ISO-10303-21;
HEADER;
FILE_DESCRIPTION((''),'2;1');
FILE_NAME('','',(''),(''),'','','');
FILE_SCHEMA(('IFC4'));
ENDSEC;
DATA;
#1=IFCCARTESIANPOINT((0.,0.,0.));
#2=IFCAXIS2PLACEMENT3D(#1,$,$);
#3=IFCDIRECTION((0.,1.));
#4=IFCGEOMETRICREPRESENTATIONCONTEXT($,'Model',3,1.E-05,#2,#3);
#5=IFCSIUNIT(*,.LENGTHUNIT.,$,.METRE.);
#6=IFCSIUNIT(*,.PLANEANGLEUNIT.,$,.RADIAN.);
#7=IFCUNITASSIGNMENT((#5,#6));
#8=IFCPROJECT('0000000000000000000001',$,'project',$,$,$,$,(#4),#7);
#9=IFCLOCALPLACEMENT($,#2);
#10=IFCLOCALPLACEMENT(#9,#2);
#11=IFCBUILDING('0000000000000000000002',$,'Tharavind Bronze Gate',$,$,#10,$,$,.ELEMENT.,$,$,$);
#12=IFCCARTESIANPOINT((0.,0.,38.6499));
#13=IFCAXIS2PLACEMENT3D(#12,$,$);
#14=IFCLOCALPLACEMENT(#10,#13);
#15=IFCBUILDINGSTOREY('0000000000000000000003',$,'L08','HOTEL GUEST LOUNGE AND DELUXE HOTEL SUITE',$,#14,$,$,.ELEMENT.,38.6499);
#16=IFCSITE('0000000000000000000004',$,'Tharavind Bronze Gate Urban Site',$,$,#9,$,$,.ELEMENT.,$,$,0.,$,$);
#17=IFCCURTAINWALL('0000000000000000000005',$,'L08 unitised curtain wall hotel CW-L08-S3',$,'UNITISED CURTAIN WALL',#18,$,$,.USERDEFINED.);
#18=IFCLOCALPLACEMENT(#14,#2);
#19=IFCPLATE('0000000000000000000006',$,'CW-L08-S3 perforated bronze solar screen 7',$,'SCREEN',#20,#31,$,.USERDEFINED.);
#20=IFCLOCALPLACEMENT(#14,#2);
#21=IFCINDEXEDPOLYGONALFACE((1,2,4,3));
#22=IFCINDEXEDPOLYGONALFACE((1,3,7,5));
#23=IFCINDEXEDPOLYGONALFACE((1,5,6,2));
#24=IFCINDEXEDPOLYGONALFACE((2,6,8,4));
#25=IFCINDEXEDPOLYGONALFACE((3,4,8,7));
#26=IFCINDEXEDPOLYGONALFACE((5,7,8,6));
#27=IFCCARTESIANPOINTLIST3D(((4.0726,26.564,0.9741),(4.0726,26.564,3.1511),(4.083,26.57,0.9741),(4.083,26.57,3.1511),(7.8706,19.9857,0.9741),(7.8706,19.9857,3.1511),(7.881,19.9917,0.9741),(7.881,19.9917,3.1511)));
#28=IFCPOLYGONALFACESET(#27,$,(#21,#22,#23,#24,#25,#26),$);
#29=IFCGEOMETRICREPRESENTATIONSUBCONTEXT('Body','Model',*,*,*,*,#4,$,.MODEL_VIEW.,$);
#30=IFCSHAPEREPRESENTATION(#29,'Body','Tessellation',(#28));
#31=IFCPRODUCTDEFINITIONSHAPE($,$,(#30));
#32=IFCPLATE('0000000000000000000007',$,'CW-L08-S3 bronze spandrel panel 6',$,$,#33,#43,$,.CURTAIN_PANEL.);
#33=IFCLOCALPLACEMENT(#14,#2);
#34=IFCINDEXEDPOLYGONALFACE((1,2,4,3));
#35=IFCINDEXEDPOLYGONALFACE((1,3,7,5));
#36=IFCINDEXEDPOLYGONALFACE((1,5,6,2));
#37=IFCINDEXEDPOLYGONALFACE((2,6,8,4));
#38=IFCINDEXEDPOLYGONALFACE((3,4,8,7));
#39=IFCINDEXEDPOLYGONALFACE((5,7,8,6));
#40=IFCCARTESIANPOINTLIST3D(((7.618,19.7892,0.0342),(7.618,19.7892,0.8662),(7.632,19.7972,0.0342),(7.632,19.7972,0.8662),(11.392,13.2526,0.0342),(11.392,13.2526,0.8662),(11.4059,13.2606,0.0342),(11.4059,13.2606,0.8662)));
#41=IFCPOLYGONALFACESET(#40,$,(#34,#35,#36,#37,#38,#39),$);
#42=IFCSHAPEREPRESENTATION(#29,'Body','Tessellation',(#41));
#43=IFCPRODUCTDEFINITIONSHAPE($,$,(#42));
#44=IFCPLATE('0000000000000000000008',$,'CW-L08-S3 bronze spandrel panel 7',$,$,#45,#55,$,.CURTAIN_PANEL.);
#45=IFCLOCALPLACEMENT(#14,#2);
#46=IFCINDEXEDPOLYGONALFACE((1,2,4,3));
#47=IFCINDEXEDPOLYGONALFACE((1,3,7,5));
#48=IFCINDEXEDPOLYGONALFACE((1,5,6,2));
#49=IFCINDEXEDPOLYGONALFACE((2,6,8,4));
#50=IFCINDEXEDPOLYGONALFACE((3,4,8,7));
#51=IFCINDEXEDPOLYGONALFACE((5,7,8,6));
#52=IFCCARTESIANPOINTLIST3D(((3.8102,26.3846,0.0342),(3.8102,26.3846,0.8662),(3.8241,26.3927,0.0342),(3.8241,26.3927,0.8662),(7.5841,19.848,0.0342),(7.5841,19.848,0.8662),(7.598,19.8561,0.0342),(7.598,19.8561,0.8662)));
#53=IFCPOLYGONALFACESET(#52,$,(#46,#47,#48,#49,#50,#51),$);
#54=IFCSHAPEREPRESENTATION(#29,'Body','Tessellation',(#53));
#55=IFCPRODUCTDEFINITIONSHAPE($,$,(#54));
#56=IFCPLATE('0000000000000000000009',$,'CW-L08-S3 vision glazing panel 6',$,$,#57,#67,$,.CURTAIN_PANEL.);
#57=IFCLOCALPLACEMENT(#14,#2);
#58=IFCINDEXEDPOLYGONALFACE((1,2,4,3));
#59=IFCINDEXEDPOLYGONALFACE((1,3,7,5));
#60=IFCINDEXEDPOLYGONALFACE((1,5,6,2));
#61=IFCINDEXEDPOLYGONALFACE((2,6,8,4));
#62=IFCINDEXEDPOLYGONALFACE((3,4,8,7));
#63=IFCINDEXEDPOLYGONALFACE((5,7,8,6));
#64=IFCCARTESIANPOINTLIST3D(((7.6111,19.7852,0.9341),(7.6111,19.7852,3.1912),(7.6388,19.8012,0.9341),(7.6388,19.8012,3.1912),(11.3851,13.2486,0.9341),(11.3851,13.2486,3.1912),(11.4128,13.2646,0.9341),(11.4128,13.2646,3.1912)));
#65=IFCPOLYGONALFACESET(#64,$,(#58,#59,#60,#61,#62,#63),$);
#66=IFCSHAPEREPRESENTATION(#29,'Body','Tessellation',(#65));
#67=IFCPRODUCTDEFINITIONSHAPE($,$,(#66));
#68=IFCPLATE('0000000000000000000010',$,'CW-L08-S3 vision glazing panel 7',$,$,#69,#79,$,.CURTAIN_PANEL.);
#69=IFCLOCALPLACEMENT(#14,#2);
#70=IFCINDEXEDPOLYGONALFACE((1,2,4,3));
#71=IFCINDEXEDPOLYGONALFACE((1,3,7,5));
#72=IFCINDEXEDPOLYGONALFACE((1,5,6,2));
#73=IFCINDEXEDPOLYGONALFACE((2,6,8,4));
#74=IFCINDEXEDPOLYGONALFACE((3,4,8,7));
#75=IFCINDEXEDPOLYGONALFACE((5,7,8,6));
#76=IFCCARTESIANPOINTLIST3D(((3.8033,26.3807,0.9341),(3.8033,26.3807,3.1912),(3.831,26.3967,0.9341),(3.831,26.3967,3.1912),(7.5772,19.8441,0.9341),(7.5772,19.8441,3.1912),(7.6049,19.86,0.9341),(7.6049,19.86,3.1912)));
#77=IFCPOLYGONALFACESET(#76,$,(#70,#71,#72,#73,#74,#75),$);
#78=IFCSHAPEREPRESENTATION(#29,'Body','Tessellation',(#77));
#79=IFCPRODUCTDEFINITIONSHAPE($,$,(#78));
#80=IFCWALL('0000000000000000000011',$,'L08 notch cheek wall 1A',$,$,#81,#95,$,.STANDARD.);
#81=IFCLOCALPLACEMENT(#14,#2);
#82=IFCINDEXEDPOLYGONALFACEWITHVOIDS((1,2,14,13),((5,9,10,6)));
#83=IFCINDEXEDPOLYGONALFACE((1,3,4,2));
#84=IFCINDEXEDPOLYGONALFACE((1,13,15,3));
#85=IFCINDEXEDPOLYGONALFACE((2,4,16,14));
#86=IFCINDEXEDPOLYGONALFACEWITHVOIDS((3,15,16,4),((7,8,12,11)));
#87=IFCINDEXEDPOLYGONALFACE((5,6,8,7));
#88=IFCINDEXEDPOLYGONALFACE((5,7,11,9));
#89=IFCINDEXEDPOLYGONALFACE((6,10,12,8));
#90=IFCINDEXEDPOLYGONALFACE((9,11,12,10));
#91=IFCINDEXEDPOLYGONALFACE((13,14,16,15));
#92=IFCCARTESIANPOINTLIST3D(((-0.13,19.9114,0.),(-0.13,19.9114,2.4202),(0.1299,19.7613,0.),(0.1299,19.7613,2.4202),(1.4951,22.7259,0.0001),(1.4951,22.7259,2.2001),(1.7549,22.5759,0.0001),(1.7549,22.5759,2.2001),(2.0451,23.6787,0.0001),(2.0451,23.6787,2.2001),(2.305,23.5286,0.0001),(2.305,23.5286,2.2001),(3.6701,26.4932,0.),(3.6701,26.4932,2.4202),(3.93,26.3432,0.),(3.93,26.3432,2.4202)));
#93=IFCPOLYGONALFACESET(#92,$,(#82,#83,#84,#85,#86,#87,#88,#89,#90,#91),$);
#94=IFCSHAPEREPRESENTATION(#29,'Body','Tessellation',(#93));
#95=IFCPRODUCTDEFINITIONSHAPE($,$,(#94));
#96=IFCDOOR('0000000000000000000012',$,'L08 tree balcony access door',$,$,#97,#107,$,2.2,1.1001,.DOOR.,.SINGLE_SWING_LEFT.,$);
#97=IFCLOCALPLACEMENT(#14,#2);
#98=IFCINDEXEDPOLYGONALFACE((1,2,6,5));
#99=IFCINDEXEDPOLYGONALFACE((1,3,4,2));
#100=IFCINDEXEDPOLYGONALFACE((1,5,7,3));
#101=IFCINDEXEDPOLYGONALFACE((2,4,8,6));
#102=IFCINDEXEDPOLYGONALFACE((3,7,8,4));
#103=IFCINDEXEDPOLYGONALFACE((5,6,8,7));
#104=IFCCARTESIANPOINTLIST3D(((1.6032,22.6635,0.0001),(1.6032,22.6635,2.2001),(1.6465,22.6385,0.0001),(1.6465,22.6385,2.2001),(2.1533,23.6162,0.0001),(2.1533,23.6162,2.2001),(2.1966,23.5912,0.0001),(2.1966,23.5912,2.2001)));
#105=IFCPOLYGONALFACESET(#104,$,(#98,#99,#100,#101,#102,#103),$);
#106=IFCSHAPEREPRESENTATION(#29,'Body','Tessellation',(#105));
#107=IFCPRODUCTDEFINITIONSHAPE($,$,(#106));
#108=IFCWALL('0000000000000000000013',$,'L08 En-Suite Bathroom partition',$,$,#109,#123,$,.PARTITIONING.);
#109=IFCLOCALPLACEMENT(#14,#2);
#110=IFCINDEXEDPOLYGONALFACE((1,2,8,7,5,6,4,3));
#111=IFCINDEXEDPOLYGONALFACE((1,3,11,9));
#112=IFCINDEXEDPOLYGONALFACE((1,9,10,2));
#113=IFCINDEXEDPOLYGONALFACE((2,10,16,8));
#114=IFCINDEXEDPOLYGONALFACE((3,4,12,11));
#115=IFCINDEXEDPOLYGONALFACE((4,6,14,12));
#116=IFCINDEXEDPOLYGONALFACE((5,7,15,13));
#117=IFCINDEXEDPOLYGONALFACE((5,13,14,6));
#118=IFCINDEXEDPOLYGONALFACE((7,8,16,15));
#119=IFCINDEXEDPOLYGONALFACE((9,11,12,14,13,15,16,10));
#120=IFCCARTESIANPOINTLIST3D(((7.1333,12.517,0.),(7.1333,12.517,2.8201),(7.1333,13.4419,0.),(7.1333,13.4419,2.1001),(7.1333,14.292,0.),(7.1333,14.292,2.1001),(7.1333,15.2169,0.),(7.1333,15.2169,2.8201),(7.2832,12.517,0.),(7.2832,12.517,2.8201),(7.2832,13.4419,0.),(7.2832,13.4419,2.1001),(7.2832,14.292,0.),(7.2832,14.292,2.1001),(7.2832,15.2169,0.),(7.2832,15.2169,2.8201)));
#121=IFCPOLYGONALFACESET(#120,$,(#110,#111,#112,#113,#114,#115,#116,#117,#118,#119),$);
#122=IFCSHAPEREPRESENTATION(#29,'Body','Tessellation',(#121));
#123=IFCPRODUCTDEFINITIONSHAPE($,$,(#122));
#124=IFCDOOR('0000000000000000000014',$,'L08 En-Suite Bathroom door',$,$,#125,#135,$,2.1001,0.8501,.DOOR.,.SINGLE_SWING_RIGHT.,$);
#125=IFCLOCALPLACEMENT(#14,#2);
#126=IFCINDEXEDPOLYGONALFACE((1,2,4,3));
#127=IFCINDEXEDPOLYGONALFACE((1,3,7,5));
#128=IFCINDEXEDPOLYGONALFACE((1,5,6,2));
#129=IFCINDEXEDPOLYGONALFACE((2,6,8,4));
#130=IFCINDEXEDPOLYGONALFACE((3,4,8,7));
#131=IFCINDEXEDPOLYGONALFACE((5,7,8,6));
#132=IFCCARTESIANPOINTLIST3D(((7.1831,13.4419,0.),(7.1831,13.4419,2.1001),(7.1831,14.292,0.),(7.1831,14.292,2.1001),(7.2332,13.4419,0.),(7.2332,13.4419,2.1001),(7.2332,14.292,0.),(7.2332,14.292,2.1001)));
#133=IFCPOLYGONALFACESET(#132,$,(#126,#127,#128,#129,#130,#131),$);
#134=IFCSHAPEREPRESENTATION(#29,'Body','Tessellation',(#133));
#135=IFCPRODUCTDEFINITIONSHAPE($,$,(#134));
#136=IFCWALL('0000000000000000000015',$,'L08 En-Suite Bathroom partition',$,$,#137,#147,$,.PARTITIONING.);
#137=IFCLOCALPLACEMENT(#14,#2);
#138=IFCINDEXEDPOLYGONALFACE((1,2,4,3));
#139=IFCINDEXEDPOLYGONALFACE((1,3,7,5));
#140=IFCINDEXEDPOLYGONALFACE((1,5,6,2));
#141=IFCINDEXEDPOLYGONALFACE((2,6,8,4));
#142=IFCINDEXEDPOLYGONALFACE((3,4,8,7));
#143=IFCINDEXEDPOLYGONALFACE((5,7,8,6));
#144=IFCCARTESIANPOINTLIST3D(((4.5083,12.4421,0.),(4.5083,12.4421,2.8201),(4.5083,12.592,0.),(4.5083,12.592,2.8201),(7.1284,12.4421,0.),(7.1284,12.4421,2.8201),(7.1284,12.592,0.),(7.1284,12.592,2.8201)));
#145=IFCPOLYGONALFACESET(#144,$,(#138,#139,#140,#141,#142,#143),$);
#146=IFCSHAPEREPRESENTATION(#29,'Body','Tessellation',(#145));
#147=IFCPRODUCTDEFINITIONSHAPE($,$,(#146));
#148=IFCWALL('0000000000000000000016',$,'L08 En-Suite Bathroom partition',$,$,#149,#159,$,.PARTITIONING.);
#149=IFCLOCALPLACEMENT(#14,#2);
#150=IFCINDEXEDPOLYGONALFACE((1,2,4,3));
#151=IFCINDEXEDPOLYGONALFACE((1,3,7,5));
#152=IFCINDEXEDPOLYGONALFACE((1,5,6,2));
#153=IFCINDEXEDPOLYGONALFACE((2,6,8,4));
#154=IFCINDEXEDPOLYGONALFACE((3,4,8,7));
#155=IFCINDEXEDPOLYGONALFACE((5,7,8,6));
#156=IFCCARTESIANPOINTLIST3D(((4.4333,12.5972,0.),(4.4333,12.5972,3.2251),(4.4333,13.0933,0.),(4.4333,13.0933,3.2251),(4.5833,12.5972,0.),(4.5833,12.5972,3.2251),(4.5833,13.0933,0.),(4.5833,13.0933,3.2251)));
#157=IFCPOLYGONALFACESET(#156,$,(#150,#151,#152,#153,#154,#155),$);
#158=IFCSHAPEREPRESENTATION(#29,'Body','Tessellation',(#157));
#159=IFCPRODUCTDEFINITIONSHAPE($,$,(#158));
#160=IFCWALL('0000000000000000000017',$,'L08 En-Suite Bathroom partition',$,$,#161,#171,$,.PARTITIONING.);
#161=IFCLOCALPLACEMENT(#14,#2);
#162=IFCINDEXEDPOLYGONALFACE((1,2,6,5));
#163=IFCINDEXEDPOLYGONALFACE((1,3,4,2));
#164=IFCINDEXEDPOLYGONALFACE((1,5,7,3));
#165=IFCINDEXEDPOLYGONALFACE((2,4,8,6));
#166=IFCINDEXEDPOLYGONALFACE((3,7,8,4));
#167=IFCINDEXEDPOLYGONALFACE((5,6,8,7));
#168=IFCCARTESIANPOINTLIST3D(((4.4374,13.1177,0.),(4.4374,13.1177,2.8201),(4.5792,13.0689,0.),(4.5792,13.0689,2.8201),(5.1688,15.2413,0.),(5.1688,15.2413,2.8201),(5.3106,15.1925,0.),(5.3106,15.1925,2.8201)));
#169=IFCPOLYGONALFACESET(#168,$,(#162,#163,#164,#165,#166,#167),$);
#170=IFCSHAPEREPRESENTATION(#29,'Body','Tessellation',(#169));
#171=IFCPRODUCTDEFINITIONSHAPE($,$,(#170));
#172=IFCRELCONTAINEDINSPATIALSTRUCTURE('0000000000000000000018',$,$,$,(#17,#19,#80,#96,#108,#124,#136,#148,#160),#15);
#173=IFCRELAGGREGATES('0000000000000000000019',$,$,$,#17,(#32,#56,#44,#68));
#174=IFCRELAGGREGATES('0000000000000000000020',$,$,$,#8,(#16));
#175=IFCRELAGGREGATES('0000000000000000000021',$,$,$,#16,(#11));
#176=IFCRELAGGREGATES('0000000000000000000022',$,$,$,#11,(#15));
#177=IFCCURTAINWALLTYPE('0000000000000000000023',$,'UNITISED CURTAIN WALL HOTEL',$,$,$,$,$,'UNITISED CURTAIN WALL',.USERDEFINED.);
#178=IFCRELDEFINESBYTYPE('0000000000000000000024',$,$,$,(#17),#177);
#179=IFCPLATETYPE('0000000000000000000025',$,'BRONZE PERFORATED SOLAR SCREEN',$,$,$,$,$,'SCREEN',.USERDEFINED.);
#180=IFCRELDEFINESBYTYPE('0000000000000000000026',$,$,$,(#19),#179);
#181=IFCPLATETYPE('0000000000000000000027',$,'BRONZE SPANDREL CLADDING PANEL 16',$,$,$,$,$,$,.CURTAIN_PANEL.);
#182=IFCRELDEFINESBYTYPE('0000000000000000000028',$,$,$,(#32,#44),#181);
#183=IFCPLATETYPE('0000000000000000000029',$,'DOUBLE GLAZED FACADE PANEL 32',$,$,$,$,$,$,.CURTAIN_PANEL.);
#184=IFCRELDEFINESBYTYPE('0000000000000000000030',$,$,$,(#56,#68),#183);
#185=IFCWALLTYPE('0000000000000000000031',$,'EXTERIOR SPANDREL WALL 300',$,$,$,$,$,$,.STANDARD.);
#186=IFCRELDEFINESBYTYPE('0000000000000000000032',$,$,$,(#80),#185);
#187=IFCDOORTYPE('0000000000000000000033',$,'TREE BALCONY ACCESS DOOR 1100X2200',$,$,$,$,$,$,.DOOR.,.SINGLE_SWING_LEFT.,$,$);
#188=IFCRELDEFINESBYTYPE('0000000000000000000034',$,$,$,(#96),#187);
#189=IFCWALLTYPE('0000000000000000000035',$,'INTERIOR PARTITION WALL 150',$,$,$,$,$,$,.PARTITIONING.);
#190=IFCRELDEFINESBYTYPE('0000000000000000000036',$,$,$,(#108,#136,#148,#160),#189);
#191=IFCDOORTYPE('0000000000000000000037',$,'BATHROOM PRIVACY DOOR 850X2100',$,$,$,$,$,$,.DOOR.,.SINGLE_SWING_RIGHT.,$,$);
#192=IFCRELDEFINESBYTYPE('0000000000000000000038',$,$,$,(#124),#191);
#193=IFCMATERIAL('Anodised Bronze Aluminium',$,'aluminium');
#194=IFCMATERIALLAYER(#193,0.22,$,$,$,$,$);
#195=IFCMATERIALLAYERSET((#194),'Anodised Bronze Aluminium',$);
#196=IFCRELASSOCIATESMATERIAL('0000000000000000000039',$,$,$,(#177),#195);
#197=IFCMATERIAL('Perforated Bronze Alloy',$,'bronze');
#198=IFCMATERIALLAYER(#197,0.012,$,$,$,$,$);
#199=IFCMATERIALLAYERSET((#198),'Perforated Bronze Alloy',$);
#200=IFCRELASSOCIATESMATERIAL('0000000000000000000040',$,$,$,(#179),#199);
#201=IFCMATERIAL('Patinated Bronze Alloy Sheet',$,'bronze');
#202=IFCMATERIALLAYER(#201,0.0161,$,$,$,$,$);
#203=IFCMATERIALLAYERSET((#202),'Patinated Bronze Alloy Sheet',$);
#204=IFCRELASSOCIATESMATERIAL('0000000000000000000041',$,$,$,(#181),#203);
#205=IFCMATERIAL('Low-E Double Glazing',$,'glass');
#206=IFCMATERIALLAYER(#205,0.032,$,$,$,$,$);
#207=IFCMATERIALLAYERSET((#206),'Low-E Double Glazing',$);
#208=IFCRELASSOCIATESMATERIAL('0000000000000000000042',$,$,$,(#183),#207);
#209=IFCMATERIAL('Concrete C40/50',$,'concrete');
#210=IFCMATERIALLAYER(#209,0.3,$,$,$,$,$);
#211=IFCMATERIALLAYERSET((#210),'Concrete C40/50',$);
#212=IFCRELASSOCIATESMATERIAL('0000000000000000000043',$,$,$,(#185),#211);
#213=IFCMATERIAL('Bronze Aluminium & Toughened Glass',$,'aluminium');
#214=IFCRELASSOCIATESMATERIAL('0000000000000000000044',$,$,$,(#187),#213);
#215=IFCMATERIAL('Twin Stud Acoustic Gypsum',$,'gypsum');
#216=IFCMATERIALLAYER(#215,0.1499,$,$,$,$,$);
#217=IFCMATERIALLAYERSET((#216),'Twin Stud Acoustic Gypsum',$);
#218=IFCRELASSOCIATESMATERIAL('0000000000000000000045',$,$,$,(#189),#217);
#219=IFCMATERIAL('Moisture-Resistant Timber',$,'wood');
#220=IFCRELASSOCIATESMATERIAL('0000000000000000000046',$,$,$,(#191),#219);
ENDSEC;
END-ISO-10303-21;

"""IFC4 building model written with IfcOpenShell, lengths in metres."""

from ifc_helpers import new_model, si_unit, direction, frame, frame_2d, origin, origin_2d, place, context, subcontext, project, spatial, rectangle, extrude, material, layer, layer_set, type_object, element, fill, aggregate, save


model = new_model("IFC4")

# Units and contexts
model_context = context("Model", 3, precision=1e-05, world=origin(), true_north=direction((0.0, 1.0)))
body_context = subcontext(model_context, "Body", "Model", "MODEL_VIEW")
ifc_project = project(units=[si_unit("LENGTHUNIT", "METRE"), si_unit("PLANEANGLEUNIT", "RADIAN")], contexts=[model_context])

# Site, building, storey
site_placement = place(None, origin())
site = spatial("IfcSite", under=ifc_project, at=site_placement, Name="Tharavind Bronze Gate Urban Site", CompositionType="ELEMENT", RefElevation=0.0)
building_placement = place(site_placement, origin())
building = spatial("IfcBuilding", under=site, at=building_placement, Name="Tharavind Bronze Gate", CompositionType="ELEMENT")
storey_placement = place(building_placement, frame((0.0, 0.0, 38.6499)))
storey = spatial("IfcBuildingStorey", under=building, at=storey_placement, Name="L08", Description="HOTEL GUEST LOUNGE AND DELUXE HOTEL SUITE", CompositionType="ELEMENT", Elevation=38.6499)

# Curtain wall
ifc_material_1 = material(Name="Anodised Bronze Aluminium", Category="aluminium")
ifc_layer_1 = layer(ifc_material_1, 0.22)
ifc_layer_set_1 = layer_set([ifc_layer_1], Name="Anodised Bronze Aluminium")
curtain_wall_type = type_object("IfcCurtainWallType", Name="UNITISED CURTAIN WALL HOTEL", ElementType="UNITISED CURTAIN WALL", PredefinedType="USERDEFINED", material=ifc_layer_set_1)
curtain_wall_placement = place(storey_placement, origin())
curtain_wall = element("IfcCurtainWall", 1, at=curtain_wall_placement, inside=storey, type_object=curtain_wall_type, Name="L08 unitised curtain wall hotel CW-L08-S3", ObjectType="UNITISED CURTAIN WALL", PredefinedType="USERDEFINED")

# Plates
ifc_material_2 = material(Name="Perforated Bronze Alloy", Category="bronze")
ifc_layer_2 = layer(ifc_material_2, 0.012)
ifc_layer_set_2 = layer_set([ifc_layer_2], Name="Perforated Bronze Alloy")
plate_type_1 = type_object("IfcPlateType", Name="BRONZE PERFORATED SOLAR SCREEN", ElementType="SCREEN", PredefinedType="USERDEFINED", material=ifc_layer_set_2)
plate_1_placement = place(storey_placement, frame((5.9768, 23.2778, 0.9741), z_axis=(0.0, 0.0, 1.0), x_axis=(-0.500002, 0.866025, 0.0)))
element("IfcPlate", 2, at=plate_1_placement, inside=storey, type_object=plate_type_1, Name="CW-L08-S3 perforated bronze solar screen 7", ObjectType="SCREEN", PredefinedType="USERDEFINED", context=body_context, shape_type="SweptSolid", body=[
    extrude(rectangle(XDim=7.5959, YDim=0.012, at=origin_2d()), origin(), (0.0, 0.0, 1.0), 2.177),
])
ifc_material_3 = material(Name="Patinated Bronze Alloy Sheet", Category="bronze")
ifc_layer_3 = layer(ifc_material_3, 0.0161)
ifc_layer_set_3 = layer_set([ifc_layer_3], Name="Patinated Bronze Alloy Sheet")
plate_type_2 = type_object("IfcPlateType", Name="BRONZE SPANDREL CLADDING PANEL 16", PredefinedType="CURTAIN_PANEL", material=ifc_layer_set_3)
plate_2_placement = place(storey_placement, frame((9.512, 16.5249, 0.0342), z_axis=(0.0, 0.0, 1.0), x_axis=(-0.500002, 0.866025, 0.0)))
plate_2 = element("IfcPlate", 3, at=plate_2_placement, type_object=plate_type_2, Name="CW-L08-S3 bronze spandrel panel 6", PredefinedType="CURTAIN_PANEL", context=body_context, shape_type="SweptSolid", body=[
    extrude(rectangle(XDim=7.5479, YDim=0.0161, at=origin_2d()), origin(), (0.0, 0.0, 1.0), 0.832),
])
plate_3_placement = place(storey_placement, frame((5.7041, 23.1204, 0.0342), z_axis=(0.0, 0.0, 1.0), x_axis=(-0.500002, 0.866025, 0.0)))
plate_3 = element("IfcPlate", 4, at=plate_3_placement, type_object=plate_type_2, Name="CW-L08-S3 bronze spandrel panel 7", PredefinedType="CURTAIN_PANEL", context=body_context, shape_type="SweptSolid", body=[
    extrude(rectangle(XDim=7.5479, YDim=0.0161, at=origin_2d()), origin(), (0.0, 0.0, 1.0), 0.832),
])
ifc_material_4 = material(Name="Low-E Double Glazing", Category="glass")
ifc_layer_4 = layer(ifc_material_4, 0.032)
ifc_layer_set_4 = layer_set([ifc_layer_4], Name="Low-E Double Glazing")
plate_type_3 = type_object("IfcPlateType", Name="DOUBLE GLAZED FACADE PANEL 32", PredefinedType="CURTAIN_PANEL", material=ifc_layer_set_4)
plate_4_placement = place(storey_placement, frame((9.512, 16.5249, 0.9341), z_axis=(0.0, 0.0, 1.0), x_axis=(-0.500002, 0.866025, 0.0)))
plate_4 = element("IfcPlate", 5, at=plate_4_placement, type_object=plate_type_3, Name="CW-L08-S3 vision glazing panel 6", PredefinedType="CURTAIN_PANEL", context=body_context, shape_type="SweptSolid", body=[
    extrude(rectangle(XDim=7.5479, YDim=0.032, at=origin_2d()), origin(), (0.0, 0.0, 1.0), 2.2571),
])
plate_5_placement = place(storey_placement, frame((5.7041, 23.1204, 0.9341), z_axis=(0.0, 0.0, 1.0), x_axis=(-0.500002, 0.866025, 0.0)))
plate_5 = element("IfcPlate", 6, at=plate_5_placement, type_object=plate_type_3, Name="CW-L08-S3 vision glazing panel 7", PredefinedType="CURTAIN_PANEL", context=body_context, shape_type="SweptSolid", body=[
    extrude(rectangle(XDim=7.5479, YDim=0.032, at=origin_2d()), origin(), (0.0, 0.0, 1.0), 2.2571),
])
aggregate(curtain_wall, [plate_2, plate_4, plate_3, plate_5])

# Walls, openings, doors
ifc_material_5 = material(Name="Concrete C40/50", Category="concrete")
ifc_layer_5 = layer(ifc_material_5, 0.3)
ifc_layer_set_5 = layer_set([ifc_layer_5], Name="Concrete C40/50")
wall_type_1 = type_object("IfcWallType", Name="EXTERIOR SPANDREL WALL 300", PredefinedType="STANDARD", material=ifc_layer_set_5)
wall_1_placement = place(storey_placement, frame((3.8, 26.4182, 0.0), z_axis=(0.0, 0.0, 1.0), x_axis=(-0.500005, -0.866022, 0.0)))
wall_1 = element("IfcWall", 7, at=wall_1_placement, inside=storey, type_object=wall_type_1, Name="L08 notch cheek wall 1A", PredefinedType="STANDARD", context=body_context, shape_type="SweptSolid", body=[
    extrude(rectangle(XDim=7.6001, YDim=0.3, at=frame_2d((3.8, 0.0))), origin(), (0.0, 0.0, 1.0), 2.4202),
])
opening_1_placement = place(wall_1_placement, frame((3.25, 0.0, 0.0)))
opening_1 = element("IfcOpeningElement", 8, at=opening_1_placement, cuts=wall_1, PredefinedType="OPENING", context=body_context, shape_type="SweptSolid", body=[
    extrude(rectangle(XDim=1.1001, YDim=2.2, at=frame_2d((0.55, 1.1001))), frame((0.0, 0.1599, 0.0), z_axis=(0.0, -1.0, 0.0), x_axis=(1.0, 0.0, 0.0)), (0.0, 0.0, 1.0), 0.32),
])
ifc_material_6 = material(Name="Bronze Aluminium & Toughened Glass", Category="aluminium")
door_type_1 = type_object("IfcDoorType", Name="TREE BALCONY ACCESS DOOR 1100X2200", OperationType="SINGLE_SWING_LEFT", PredefinedType="DOOR", material=ifc_material_6)
door_1_placement = place(opening_1_placement, origin())
door_1 = element("IfcDoor", 9, at=door_1_placement, inside=storey, type_object=door_type_1, Name="L08 tree balcony access door", OperationType="SINGLE_SWING_LEFT", OverallHeight=2.2, OverallWidth=1.1001, PredefinedType="DOOR", context=body_context, shape_type="SweptSolid", body=[
    extrude(rectangle(XDim=1.1001, YDim=2.2, at=frame_2d((0.55, 1.1001))), frame((0.0, 0.0249, 0.0), z_axis=(0.0, -1.0, 0.0), x_axis=(1.0, 0.0, 0.0)), (0.0, 0.0, 1.0), 0.05),
])
fill(opening_1, door_1)
ifc_material_7 = material(Name="Twin Stud Acoustic Gypsum", Category="gypsum")
ifc_layer_6 = layer(ifc_material_7, 0.1499)
ifc_layer_set_6 = layer_set([ifc_layer_6], Name="Twin Stud Acoustic Gypsum")
wall_type_2 = type_object("IfcWallType", Name="INTERIOR PARTITION WALL 150", PredefinedType="PARTITIONING", material=ifc_layer_set_6)
wall_2_placement = place(storey_placement, frame((7.2083, 15.217, 0.0), z_axis=(0.0, 0.0, 1.0), x_axis=(0.0, -1.0, 0.0)))
wall_2 = element("IfcWall", 10, at=wall_2_placement, inside=storey, type_object=wall_type_2, Name="L08 En-Suite Bathroom partition", PredefinedType="PARTITIONING", context=body_context, shape_type="SweptSolid", body=[
    extrude(rectangle(XDim=2.7, YDim=0.1499, at=frame_2d((1.3501, 0.0))), origin(), (0.0, 0.0, 1.0), 2.8201),
])
opening_2_placement = place(wall_2_placement, frame((0.925, 0.0, 0.0)))
opening_2 = element("IfcOpeningElement", 11, at=opening_2_placement, cuts=wall_2, PredefinedType="OPENING", context=body_context, shape_type="SweptSolid", body=[
    extrude(rectangle(XDim=0.8501, YDim=2.1001, at=frame_2d((0.425, 1.05))), frame((0.0, 0.085, 0.0), z_axis=(0.0, -1.0, 0.0), x_axis=(1.0, 0.0, 0.0)), (0.0, 0.0, 1.0), 0.1699),
])
ifc_material_8 = material(Name="Moisture-Resistant Timber", Category="wood")
door_type_2 = type_object("IfcDoorType", Name="BATHROOM PRIVACY DOOR 850X2100", OperationType="SINGLE_SWING_RIGHT", PredefinedType="DOOR", material=ifc_material_8)
door_2_placement = place(opening_2_placement, origin())
door_2 = element("IfcDoor", 12, at=door_2_placement, inside=storey, type_object=door_type_2, Name="L08 En-Suite Bathroom door", OperationType="SINGLE_SWING_RIGHT", OverallHeight=2.1001, OverallWidth=0.8501, PredefinedType="DOOR", context=body_context, shape_type="SweptSolid", body=[
    extrude(rectangle(XDim=0.8501, YDim=2.1001, at=frame_2d((0.425, 1.05))), frame((0.0, 0.0249, 0.0), z_axis=(0.0, -1.0, 0.0), x_axis=(1.0, 0.0, 0.0)), (0.0, 0.0, 1.0), 0.05),
])
fill(opening_2, door_2)

# Walls
wall_3_placement = place(storey_placement, frame((7.1284, 12.5171, 0.0), z_axis=(0.0, 0.0, 1.0), x_axis=(-1.0, 0.0, 0.0)))
element("IfcWall", 13, at=wall_3_placement, inside=storey, type_object=wall_type_2, Name="L08 En-Suite Bathroom partition", PredefinedType="PARTITIONING", context=body_context, shape_type="SweptSolid", body=[
    extrude(rectangle(XDim=2.6201, YDim=0.1499, at=frame_2d((1.3101, 0.0))), origin(), (0.0, 0.0, 1.0), 2.8201),
])
wall_4_placement = place(storey_placement, frame((4.5083, 12.5972, 0.0), z_axis=(0.0, 0.0, 1.0), x_axis=(0.0, 1.0, 0.0)))
element("IfcWall", 14, at=wall_4_placement, inside=storey, type_object=wall_type_2, Name="L08 En-Suite Bathroom partition", PredefinedType="PARTITIONING", context=body_context, shape_type="SweptSolid", body=[
    extrude(rectangle(XDim=0.4961, YDim=0.1499, at=frame_2d((0.248, 0.0))), origin(), (0.0, 0.0, 1.0), 3.2251),
])
wall_5_placement = place(storey_placement, frame((4.5083, 13.0933, 0.0), z_axis=(0.0, 0.0, 1.0), x_axis=(0.325636, 0.945495, 0.0)))
element("IfcWall", 15, at=wall_5_placement, inside=storey, type_object=wall_type_2, Name="L08 En-Suite Bathroom partition", PredefinedType="PARTITIONING", context=body_context, shape_type="SweptSolid", body=[
    extrude(rectangle(XDim=2.2461, YDim=0.1499, at=frame_2d((1.123, 0.0))), origin(), (0.0, 0.0, 1.0), 2.8201),
])

save(model, "model.ifc")
